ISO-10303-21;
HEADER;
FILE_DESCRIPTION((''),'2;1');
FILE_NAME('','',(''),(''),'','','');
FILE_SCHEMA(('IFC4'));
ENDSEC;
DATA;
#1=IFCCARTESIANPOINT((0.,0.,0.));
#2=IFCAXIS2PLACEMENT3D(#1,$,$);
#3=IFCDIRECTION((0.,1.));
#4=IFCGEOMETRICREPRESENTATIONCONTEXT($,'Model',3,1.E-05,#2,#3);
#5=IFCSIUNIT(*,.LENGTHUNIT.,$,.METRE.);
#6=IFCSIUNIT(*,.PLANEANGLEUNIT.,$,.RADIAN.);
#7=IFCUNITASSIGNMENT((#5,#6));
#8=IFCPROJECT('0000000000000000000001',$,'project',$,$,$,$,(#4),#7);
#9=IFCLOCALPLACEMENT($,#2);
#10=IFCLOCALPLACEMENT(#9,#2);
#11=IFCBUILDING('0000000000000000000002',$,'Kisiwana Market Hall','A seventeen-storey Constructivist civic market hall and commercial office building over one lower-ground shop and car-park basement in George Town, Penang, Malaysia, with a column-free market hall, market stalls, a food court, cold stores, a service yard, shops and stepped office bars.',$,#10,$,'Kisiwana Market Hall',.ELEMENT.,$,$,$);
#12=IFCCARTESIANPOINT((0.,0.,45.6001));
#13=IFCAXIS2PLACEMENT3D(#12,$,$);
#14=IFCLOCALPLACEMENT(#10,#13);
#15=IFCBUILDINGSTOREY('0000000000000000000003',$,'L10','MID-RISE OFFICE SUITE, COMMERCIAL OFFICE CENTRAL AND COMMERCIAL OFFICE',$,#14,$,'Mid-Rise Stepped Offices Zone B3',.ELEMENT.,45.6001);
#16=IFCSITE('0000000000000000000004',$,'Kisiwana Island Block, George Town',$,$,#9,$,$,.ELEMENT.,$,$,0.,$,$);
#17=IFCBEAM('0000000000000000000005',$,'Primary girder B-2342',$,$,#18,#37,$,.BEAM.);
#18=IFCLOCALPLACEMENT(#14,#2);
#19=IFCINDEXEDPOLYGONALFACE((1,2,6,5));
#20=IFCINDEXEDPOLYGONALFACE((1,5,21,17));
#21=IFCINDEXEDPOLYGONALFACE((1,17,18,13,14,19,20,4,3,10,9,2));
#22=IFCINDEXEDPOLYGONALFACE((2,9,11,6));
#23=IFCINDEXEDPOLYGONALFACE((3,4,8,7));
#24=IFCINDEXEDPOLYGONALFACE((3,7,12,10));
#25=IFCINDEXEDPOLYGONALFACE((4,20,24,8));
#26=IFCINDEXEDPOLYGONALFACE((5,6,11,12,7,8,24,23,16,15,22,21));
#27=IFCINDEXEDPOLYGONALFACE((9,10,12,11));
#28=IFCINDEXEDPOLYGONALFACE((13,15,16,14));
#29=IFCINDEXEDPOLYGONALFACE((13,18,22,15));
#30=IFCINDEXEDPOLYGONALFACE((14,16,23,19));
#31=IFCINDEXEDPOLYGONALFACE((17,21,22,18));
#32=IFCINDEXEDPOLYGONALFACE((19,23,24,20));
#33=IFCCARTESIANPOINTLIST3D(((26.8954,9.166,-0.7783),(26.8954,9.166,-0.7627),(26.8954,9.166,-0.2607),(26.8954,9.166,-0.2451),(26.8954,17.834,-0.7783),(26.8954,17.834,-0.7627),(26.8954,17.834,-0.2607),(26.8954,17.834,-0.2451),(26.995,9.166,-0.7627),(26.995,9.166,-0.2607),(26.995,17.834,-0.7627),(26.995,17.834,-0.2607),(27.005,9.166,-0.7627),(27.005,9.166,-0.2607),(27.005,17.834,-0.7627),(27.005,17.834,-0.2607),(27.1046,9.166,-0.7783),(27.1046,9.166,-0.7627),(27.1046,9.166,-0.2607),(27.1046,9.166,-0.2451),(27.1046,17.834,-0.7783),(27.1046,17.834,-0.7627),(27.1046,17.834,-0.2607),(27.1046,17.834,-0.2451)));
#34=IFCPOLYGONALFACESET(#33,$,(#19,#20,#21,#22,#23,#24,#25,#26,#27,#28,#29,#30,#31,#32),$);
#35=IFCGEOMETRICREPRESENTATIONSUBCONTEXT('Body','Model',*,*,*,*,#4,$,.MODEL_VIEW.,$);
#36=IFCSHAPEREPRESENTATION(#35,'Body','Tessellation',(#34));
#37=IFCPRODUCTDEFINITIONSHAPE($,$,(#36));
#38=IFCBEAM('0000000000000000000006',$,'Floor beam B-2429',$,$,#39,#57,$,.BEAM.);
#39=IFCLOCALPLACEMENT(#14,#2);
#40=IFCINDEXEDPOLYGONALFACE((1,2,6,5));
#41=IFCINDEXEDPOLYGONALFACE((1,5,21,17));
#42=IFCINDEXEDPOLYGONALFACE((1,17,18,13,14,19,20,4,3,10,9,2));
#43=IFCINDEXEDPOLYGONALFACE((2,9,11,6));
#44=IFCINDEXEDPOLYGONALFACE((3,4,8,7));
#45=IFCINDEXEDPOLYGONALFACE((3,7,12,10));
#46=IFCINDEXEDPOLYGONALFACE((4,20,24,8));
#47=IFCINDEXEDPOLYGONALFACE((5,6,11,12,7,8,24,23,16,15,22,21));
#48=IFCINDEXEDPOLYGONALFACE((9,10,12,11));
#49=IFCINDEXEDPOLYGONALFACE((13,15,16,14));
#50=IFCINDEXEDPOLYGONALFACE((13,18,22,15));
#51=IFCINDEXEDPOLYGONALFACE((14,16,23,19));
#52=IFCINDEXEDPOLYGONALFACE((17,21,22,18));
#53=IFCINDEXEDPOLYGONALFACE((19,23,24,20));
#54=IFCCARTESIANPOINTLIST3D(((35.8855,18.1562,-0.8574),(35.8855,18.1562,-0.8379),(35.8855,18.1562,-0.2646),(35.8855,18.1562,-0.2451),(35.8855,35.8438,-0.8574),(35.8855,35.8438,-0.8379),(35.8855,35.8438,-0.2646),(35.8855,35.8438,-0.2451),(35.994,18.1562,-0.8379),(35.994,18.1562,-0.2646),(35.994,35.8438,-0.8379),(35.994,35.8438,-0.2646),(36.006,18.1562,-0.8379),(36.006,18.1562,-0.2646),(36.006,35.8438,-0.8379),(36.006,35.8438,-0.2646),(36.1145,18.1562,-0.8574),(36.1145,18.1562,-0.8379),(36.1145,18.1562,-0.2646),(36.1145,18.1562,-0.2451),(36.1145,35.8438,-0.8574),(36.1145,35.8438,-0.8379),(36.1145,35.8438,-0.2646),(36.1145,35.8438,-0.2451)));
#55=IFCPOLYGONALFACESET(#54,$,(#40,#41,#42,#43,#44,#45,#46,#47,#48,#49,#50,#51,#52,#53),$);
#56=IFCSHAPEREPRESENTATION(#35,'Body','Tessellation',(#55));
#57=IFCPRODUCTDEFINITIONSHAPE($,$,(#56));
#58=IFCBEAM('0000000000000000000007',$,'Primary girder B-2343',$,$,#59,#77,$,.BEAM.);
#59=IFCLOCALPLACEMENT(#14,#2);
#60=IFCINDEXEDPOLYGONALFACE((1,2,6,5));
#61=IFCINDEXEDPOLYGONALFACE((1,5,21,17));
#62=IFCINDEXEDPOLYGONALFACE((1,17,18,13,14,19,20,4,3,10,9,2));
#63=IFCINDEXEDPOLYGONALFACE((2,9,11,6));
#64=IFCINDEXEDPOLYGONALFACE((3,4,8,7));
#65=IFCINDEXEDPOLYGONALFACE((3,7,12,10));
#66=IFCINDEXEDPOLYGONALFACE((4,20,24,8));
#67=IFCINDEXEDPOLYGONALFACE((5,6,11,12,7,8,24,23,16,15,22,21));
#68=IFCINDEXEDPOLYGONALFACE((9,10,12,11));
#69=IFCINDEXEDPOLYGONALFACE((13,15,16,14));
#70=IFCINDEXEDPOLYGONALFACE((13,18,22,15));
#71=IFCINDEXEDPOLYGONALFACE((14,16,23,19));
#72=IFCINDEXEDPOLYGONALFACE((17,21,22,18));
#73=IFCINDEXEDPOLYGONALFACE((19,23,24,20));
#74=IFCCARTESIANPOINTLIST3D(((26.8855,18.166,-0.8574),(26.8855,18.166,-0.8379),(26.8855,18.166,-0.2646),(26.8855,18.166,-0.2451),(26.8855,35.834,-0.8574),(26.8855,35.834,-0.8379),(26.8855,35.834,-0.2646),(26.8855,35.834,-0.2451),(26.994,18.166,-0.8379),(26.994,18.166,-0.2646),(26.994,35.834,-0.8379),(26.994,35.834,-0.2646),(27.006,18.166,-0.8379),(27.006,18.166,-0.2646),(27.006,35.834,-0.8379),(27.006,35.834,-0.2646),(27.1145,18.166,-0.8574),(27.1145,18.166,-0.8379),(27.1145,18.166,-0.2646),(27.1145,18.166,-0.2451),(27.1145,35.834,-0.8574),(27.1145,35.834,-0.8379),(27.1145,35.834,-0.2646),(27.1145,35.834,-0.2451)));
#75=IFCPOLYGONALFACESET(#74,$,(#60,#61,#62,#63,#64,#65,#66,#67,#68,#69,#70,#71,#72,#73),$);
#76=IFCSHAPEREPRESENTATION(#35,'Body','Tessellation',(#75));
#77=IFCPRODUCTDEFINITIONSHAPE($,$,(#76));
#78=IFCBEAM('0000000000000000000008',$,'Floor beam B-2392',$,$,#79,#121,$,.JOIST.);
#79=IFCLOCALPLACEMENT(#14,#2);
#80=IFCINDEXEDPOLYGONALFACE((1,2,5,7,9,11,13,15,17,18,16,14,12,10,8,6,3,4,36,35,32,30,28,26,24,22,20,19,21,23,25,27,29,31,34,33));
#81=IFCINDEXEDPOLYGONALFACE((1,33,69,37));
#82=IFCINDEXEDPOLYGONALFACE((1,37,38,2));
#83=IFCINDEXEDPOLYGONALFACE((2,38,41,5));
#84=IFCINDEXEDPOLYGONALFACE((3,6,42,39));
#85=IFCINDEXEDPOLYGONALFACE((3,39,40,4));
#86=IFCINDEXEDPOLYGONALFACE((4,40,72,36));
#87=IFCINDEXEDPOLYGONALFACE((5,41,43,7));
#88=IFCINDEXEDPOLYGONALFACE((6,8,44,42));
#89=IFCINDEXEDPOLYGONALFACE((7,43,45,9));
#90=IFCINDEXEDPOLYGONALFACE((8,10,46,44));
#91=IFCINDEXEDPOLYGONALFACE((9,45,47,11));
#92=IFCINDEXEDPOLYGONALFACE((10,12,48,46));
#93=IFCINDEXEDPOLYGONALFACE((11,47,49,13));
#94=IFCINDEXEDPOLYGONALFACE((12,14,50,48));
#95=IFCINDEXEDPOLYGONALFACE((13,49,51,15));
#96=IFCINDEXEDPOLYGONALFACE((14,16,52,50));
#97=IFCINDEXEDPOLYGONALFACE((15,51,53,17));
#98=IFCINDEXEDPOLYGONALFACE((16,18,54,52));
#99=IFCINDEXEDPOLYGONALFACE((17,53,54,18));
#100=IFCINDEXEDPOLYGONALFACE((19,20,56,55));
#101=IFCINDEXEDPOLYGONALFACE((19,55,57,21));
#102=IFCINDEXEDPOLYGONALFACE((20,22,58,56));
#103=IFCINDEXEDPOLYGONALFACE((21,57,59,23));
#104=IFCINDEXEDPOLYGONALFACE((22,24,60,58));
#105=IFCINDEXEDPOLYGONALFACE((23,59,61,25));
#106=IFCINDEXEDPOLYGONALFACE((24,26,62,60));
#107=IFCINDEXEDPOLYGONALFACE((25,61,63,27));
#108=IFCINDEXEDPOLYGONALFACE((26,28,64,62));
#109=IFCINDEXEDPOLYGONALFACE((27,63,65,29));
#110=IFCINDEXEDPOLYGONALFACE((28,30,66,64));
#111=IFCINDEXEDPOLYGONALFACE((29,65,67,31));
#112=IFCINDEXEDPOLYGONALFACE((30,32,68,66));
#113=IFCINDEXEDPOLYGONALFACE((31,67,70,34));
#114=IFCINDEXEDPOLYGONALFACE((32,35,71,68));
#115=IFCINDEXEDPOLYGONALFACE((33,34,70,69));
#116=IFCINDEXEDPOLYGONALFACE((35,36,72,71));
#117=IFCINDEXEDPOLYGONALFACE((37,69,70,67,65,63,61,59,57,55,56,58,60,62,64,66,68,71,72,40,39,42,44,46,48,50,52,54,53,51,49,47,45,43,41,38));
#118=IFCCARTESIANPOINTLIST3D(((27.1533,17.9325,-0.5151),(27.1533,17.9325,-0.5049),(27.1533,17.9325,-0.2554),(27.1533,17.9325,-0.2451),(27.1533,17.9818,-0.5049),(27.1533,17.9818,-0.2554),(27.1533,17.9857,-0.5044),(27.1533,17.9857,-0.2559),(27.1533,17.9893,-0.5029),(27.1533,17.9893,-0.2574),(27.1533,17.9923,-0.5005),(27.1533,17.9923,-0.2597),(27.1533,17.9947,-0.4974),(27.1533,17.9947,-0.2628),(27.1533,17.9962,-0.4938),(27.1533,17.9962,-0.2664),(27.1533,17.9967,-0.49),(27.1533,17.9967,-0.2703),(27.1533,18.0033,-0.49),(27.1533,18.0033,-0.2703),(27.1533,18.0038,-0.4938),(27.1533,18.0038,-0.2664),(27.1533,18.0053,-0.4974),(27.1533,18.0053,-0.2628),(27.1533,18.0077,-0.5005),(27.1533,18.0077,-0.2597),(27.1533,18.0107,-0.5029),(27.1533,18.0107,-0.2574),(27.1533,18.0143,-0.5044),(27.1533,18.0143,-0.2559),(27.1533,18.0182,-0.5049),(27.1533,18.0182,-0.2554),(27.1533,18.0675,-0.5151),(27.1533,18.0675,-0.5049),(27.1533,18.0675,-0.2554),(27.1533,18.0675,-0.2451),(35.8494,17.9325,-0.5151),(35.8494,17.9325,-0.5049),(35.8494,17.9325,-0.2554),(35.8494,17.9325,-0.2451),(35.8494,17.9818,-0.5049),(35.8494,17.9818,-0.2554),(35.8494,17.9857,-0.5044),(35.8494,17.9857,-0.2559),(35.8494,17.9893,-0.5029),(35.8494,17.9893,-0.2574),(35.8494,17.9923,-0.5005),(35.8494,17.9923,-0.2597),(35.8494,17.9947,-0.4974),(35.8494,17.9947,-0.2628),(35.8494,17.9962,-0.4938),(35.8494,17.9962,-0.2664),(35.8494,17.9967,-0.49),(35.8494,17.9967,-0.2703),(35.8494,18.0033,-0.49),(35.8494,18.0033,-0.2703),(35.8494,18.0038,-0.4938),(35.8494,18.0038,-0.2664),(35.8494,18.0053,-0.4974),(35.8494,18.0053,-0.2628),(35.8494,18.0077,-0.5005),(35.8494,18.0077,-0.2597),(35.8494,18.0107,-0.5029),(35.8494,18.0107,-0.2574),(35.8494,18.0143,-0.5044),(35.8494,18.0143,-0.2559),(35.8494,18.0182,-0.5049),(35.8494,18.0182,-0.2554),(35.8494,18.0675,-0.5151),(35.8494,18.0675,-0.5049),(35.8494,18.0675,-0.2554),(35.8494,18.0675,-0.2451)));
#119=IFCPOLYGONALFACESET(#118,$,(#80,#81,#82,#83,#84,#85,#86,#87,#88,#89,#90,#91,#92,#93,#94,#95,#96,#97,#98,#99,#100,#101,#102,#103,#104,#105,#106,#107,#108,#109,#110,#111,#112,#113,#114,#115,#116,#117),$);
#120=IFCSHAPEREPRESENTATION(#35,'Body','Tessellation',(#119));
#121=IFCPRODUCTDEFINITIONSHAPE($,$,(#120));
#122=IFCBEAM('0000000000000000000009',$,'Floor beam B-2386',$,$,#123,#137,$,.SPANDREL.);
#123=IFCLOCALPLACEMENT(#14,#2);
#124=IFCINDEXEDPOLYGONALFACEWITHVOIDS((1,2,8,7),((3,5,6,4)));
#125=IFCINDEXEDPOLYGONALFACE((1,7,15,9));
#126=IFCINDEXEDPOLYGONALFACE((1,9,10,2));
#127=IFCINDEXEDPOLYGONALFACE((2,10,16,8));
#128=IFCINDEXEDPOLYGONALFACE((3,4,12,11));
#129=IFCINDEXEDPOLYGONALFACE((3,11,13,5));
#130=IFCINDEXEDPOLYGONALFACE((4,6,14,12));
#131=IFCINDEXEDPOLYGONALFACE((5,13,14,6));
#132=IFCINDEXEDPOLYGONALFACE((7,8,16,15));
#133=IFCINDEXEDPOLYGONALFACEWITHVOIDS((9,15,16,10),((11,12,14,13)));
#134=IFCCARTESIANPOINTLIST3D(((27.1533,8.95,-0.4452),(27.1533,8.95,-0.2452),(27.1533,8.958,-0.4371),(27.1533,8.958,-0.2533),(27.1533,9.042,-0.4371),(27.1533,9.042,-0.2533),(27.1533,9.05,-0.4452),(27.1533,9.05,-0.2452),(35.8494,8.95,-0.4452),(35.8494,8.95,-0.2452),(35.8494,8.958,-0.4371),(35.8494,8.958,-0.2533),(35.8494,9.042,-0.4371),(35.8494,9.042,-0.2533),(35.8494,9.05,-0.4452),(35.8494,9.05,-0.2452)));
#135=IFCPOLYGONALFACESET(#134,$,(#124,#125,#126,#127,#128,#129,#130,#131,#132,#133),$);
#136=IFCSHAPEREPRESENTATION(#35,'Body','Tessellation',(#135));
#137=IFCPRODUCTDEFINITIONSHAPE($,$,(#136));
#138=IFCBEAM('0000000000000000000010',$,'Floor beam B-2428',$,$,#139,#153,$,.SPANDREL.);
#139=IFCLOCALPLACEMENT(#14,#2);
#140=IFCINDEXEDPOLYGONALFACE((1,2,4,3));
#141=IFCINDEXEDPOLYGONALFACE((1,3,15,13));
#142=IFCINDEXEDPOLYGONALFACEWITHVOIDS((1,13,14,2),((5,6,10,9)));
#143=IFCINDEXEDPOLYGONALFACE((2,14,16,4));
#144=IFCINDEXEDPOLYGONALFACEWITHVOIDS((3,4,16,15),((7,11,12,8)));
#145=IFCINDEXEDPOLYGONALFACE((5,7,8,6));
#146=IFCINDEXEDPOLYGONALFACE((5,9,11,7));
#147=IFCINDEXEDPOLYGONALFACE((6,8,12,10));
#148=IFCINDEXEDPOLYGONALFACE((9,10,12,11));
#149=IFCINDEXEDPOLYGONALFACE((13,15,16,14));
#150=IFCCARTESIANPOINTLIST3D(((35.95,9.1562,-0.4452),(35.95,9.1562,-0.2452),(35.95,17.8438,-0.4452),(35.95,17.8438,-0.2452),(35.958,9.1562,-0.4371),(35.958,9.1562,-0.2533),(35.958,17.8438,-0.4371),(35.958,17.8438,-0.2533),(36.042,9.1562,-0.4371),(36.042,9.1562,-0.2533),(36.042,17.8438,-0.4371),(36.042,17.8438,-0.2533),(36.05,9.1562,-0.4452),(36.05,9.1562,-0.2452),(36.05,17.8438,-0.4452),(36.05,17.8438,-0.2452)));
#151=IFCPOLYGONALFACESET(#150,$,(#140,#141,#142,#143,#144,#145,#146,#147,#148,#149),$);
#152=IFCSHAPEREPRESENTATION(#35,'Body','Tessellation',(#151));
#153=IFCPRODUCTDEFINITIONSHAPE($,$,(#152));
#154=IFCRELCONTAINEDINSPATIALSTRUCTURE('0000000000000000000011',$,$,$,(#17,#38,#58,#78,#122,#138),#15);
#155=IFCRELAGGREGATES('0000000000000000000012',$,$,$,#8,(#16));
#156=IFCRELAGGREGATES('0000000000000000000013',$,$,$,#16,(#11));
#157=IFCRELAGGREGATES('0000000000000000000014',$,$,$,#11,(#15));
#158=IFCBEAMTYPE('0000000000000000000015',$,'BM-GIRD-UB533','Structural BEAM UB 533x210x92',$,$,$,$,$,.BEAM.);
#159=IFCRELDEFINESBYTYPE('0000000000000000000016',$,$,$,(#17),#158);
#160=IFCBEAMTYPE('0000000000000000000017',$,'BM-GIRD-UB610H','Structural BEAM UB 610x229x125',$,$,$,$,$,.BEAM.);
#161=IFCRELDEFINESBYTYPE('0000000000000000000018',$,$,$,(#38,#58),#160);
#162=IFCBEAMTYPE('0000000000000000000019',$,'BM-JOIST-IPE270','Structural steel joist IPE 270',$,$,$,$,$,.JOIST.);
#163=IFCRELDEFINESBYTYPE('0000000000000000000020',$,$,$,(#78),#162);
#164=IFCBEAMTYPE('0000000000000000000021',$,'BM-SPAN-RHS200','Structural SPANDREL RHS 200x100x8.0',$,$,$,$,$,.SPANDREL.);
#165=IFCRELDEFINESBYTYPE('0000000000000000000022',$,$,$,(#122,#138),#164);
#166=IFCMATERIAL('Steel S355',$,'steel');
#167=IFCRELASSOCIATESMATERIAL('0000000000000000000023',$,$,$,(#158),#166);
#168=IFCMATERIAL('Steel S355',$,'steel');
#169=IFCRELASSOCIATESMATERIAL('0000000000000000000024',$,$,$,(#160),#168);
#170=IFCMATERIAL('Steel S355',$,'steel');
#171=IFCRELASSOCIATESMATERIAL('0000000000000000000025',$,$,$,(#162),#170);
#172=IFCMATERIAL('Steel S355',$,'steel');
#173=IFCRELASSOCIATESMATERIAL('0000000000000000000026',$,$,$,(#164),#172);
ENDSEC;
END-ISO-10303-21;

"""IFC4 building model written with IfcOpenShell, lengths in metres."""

from ifc_helpers import new_model, si_unit, direction, frame, origin, origin_2d, place, context, subcontext, project, spatial, hollow_rectangle, i_section, extrude, material, material_profile, profile_set, type_object, element, save


model = new_model("IFC4")

# Units and contexts
model_context = context("Model", 3, precision=1e-05, world=origin(), true_north=direction((0.0, 1.0)))
body_context = subcontext(model_context, "Body", "Model", "MODEL_VIEW")
ifc_project = project(units=[si_unit("LENGTHUNIT", "METRE"), si_unit("PLANEANGLEUNIT", "RADIAN")], contexts=[model_context])

# Site, building, storey
site_placement = place(None, origin())
site = spatial("IfcSite", under=ifc_project, at=site_placement, Name="Kisiwana Island Block, George Town", CompositionType="ELEMENT", RefElevation=0.0)
building_placement = place(site_placement, origin())
building = spatial("IfcBuilding", under=site, at=building_placement, Name="Kisiwana Market Hall", Description="A seventeen-storey Constructivist civic market hall and commercial office building over one lower-ground shop and car-park basement in George Town, Penang, Malaysia, with a column-free market hall, market stalls, a food court, cold stores, a service yard, shops and stepped office bars.", LongName="Kisiwana Market Hall", CompositionType="ELEMENT")
storey_placement = place(building_placement, frame((0.0, 0.0, 45.6001)))
storey = spatial("IfcBuildingStorey", under=building, at=storey_placement, Name="L10", Description="MID-RISE OFFICE SUITE, COMMERCIAL OFFICE CENTRAL AND COMMERCIAL OFFICE", LongName="Mid-Rise Stepped Offices Zone B3", CompositionType="ELEMENT", Elevation=45.6001)

# Beams
ifc_material_1 = material(Name="Steel S355", Category="steel")
ifc_material_profile_1 = material_profile(ifc_material_1, i_section(OverallWidth=0.2092, OverallDepth=0.5332, WebThickness=0.01, FlangeThickness=0.0156, at=origin_2d()), Name="UB 533x210x92")
ifc_profile_set_1 = profile_set([ifc_material_profile_1], Name="Steel S355")
beam_type_1 = type_object("IfcBeamType", Name="BM-GIRD-UB533", Description="Structural BEAM UB 533x210x92", PredefinedType="BEAM", material=ifc_profile_set_1)
beam_1_placement = place(storey_placement, frame((27.0, 9.166, -0.5117), z_axis=(0.0, 1.0, 0.0), x_axis=(-1.0, 0.0, 0.0)))
element("IfcBeam", 1, at=beam_1_placement, inside=storey, type_object=beam_type_1, Name="Primary girder B-2342", PredefinedType="BEAM", context=body_context, shape_type="SweptSolid", body=[
    extrude(i_section(OverallWidth=0.2092, OverallDepth=0.5332, WebThickness=0.01, FlangeThickness=0.0156, at=origin_2d()), origin(), (0.0, 0.0, 1.0), 8.668),
])
ifc_material_2 = material(Name="Steel S355", Category="steel")
ifc_material_profile_2 = material_profile(ifc_material_2, i_section(OverallWidth=0.229, OverallDepth=0.6123, WebThickness=0.012, FlangeThickness=0.0195, at=origin_2d()), Name="UB 610x229x125")
ifc_profile_set_2 = profile_set([ifc_material_profile_2], Name="Steel S355")
beam_type_2 = type_object("IfcBeamType", Name="BM-GIRD-UB610H", Description="Structural BEAM UB 610x229x125", PredefinedType="BEAM", material=ifc_profile_set_2)
beam_2_placement = place(storey_placement, frame((36.0, 18.1562, -0.5513), z_axis=(0.0, 1.0, 0.0), x_axis=(-1.0, 0.0, 0.0)))
element("IfcBeam", 2, at=beam_2_placement, inside=storey, type_object=beam_type_2, Name="Floor beam B-2429", PredefinedType="BEAM", context=body_context, shape_type="SweptSolid", body=[
    extrude(i_section(OverallWidth=0.229, OverallDepth=0.6123, WebThickness=0.012, FlangeThickness=0.0195, at=origin_2d()), origin(), (0.0, 0.0, 1.0), 17.6875),
])
beam_3_placement = place(storey_placement, frame((27.0, 18.166, -0.5513), z_axis=(0.0, 1.0, 0.0), x_axis=(-1.0, 0.0, 0.0)))
element("IfcBeam", 3, at=beam_3_placement, inside=storey, type_object=beam_type_2, Name="Primary girder B-2343", PredefinedType="BEAM", context=body_context, shape_type="SweptSolid", body=[
    extrude(i_section(OverallWidth=0.229, OverallDepth=0.6123, WebThickness=0.012, FlangeThickness=0.0195, at=origin_2d()), origin(), (0.0, 0.0, 1.0), 17.668),
])
ifc_material_3 = material(Name="Steel S355", Category="steel")
ifc_material_profile_3 = material_profile(ifc_material_3, i_section(OverallWidth=0.135, OverallDepth=0.27, WebThickness=0.0066, FlangeThickness=0.0103, FilletRadius=0.0149, at=origin_2d()), Name="IPE 270")
ifc_profile_set_3 = profile_set([ifc_material_profile_3], Name="Steel S355")
beam_type_3 = type_object("IfcBeamType", Name="BM-JOIST-IPE270", Description="Structural steel joist IPE 270", PredefinedType="JOIST", material=ifc_profile_set_3)
beam_4_placement = place(storey_placement, frame((27.1533, 18.0, -0.3801), z_axis=(1.0, 0.0, 0.0), x_axis=(0.0, 1.0, 0.0)))
element("IfcBeam", 4, at=beam_4_placement, inside=storey, type_object=beam_type_3, Name="Floor beam B-2392", PredefinedType="JOIST", context=body_context, shape_type="SweptSolid", body=[
    extrude(i_section(OverallWidth=0.135, OverallDepth=0.27, WebThickness=0.0066, FlangeThickness=0.0103, FilletRadius=0.0149, at=origin_2d()), origin(), (0.0, 0.0, 1.0), 8.696),
])
ifc_material_4 = material(Name="Steel S355", Category="steel")
ifc_material_profile_4 = material_profile(ifc_material_4, hollow_rectangle(XDim=0.1001, YDim=0.2, WallThickness=0.0081, at=origin_2d()), Name="RHS 200x100x8.0")
ifc_profile_set_4 = profile_set([ifc_material_profile_4], Name="Steel S355")
beam_type_4 = type_object("IfcBeamType", Name="BM-SPAN-RHS200", Description="Structural SPANDREL RHS 200x100x8.0", PredefinedType="SPANDREL", material=ifc_profile_set_4)
beam_5_placement = place(storey_placement, frame((27.1533, 9.0, -0.3452), z_axis=(1.0, 0.0, 0.0), x_axis=(0.0, 1.0, 0.0)))
element("IfcBeam", 5, at=beam_5_placement, inside=storey, type_object=beam_type_4, Name="Floor beam B-2386", PredefinedType="SPANDREL", context=body_context, shape_type="SweptSolid", body=[
    extrude(hollow_rectangle(XDim=0.1001, YDim=0.2, WallThickness=0.0081, at=origin_2d()), origin(), (0.0, 0.0, 1.0), 8.696),
])
beam_6_placement = place(storey_placement, frame((36.0, 9.1562, -0.3452), z_axis=(0.0, 1.0, 0.0), x_axis=(-1.0, 0.0, 0.0)))
element("IfcBeam", 6, at=beam_6_placement, inside=storey, type_object=beam_type_4, Name="Floor beam B-2428", PredefinedType="SPANDREL", context=body_context, shape_type="SweptSolid", body=[
    extrude(hollow_rectangle(XDim=0.1001, YDim=0.2, WallThickness=0.0081, at=origin_2d()), origin(), (0.0, 0.0, 1.0), 8.6875),
])

save(model, "model.ifc")
